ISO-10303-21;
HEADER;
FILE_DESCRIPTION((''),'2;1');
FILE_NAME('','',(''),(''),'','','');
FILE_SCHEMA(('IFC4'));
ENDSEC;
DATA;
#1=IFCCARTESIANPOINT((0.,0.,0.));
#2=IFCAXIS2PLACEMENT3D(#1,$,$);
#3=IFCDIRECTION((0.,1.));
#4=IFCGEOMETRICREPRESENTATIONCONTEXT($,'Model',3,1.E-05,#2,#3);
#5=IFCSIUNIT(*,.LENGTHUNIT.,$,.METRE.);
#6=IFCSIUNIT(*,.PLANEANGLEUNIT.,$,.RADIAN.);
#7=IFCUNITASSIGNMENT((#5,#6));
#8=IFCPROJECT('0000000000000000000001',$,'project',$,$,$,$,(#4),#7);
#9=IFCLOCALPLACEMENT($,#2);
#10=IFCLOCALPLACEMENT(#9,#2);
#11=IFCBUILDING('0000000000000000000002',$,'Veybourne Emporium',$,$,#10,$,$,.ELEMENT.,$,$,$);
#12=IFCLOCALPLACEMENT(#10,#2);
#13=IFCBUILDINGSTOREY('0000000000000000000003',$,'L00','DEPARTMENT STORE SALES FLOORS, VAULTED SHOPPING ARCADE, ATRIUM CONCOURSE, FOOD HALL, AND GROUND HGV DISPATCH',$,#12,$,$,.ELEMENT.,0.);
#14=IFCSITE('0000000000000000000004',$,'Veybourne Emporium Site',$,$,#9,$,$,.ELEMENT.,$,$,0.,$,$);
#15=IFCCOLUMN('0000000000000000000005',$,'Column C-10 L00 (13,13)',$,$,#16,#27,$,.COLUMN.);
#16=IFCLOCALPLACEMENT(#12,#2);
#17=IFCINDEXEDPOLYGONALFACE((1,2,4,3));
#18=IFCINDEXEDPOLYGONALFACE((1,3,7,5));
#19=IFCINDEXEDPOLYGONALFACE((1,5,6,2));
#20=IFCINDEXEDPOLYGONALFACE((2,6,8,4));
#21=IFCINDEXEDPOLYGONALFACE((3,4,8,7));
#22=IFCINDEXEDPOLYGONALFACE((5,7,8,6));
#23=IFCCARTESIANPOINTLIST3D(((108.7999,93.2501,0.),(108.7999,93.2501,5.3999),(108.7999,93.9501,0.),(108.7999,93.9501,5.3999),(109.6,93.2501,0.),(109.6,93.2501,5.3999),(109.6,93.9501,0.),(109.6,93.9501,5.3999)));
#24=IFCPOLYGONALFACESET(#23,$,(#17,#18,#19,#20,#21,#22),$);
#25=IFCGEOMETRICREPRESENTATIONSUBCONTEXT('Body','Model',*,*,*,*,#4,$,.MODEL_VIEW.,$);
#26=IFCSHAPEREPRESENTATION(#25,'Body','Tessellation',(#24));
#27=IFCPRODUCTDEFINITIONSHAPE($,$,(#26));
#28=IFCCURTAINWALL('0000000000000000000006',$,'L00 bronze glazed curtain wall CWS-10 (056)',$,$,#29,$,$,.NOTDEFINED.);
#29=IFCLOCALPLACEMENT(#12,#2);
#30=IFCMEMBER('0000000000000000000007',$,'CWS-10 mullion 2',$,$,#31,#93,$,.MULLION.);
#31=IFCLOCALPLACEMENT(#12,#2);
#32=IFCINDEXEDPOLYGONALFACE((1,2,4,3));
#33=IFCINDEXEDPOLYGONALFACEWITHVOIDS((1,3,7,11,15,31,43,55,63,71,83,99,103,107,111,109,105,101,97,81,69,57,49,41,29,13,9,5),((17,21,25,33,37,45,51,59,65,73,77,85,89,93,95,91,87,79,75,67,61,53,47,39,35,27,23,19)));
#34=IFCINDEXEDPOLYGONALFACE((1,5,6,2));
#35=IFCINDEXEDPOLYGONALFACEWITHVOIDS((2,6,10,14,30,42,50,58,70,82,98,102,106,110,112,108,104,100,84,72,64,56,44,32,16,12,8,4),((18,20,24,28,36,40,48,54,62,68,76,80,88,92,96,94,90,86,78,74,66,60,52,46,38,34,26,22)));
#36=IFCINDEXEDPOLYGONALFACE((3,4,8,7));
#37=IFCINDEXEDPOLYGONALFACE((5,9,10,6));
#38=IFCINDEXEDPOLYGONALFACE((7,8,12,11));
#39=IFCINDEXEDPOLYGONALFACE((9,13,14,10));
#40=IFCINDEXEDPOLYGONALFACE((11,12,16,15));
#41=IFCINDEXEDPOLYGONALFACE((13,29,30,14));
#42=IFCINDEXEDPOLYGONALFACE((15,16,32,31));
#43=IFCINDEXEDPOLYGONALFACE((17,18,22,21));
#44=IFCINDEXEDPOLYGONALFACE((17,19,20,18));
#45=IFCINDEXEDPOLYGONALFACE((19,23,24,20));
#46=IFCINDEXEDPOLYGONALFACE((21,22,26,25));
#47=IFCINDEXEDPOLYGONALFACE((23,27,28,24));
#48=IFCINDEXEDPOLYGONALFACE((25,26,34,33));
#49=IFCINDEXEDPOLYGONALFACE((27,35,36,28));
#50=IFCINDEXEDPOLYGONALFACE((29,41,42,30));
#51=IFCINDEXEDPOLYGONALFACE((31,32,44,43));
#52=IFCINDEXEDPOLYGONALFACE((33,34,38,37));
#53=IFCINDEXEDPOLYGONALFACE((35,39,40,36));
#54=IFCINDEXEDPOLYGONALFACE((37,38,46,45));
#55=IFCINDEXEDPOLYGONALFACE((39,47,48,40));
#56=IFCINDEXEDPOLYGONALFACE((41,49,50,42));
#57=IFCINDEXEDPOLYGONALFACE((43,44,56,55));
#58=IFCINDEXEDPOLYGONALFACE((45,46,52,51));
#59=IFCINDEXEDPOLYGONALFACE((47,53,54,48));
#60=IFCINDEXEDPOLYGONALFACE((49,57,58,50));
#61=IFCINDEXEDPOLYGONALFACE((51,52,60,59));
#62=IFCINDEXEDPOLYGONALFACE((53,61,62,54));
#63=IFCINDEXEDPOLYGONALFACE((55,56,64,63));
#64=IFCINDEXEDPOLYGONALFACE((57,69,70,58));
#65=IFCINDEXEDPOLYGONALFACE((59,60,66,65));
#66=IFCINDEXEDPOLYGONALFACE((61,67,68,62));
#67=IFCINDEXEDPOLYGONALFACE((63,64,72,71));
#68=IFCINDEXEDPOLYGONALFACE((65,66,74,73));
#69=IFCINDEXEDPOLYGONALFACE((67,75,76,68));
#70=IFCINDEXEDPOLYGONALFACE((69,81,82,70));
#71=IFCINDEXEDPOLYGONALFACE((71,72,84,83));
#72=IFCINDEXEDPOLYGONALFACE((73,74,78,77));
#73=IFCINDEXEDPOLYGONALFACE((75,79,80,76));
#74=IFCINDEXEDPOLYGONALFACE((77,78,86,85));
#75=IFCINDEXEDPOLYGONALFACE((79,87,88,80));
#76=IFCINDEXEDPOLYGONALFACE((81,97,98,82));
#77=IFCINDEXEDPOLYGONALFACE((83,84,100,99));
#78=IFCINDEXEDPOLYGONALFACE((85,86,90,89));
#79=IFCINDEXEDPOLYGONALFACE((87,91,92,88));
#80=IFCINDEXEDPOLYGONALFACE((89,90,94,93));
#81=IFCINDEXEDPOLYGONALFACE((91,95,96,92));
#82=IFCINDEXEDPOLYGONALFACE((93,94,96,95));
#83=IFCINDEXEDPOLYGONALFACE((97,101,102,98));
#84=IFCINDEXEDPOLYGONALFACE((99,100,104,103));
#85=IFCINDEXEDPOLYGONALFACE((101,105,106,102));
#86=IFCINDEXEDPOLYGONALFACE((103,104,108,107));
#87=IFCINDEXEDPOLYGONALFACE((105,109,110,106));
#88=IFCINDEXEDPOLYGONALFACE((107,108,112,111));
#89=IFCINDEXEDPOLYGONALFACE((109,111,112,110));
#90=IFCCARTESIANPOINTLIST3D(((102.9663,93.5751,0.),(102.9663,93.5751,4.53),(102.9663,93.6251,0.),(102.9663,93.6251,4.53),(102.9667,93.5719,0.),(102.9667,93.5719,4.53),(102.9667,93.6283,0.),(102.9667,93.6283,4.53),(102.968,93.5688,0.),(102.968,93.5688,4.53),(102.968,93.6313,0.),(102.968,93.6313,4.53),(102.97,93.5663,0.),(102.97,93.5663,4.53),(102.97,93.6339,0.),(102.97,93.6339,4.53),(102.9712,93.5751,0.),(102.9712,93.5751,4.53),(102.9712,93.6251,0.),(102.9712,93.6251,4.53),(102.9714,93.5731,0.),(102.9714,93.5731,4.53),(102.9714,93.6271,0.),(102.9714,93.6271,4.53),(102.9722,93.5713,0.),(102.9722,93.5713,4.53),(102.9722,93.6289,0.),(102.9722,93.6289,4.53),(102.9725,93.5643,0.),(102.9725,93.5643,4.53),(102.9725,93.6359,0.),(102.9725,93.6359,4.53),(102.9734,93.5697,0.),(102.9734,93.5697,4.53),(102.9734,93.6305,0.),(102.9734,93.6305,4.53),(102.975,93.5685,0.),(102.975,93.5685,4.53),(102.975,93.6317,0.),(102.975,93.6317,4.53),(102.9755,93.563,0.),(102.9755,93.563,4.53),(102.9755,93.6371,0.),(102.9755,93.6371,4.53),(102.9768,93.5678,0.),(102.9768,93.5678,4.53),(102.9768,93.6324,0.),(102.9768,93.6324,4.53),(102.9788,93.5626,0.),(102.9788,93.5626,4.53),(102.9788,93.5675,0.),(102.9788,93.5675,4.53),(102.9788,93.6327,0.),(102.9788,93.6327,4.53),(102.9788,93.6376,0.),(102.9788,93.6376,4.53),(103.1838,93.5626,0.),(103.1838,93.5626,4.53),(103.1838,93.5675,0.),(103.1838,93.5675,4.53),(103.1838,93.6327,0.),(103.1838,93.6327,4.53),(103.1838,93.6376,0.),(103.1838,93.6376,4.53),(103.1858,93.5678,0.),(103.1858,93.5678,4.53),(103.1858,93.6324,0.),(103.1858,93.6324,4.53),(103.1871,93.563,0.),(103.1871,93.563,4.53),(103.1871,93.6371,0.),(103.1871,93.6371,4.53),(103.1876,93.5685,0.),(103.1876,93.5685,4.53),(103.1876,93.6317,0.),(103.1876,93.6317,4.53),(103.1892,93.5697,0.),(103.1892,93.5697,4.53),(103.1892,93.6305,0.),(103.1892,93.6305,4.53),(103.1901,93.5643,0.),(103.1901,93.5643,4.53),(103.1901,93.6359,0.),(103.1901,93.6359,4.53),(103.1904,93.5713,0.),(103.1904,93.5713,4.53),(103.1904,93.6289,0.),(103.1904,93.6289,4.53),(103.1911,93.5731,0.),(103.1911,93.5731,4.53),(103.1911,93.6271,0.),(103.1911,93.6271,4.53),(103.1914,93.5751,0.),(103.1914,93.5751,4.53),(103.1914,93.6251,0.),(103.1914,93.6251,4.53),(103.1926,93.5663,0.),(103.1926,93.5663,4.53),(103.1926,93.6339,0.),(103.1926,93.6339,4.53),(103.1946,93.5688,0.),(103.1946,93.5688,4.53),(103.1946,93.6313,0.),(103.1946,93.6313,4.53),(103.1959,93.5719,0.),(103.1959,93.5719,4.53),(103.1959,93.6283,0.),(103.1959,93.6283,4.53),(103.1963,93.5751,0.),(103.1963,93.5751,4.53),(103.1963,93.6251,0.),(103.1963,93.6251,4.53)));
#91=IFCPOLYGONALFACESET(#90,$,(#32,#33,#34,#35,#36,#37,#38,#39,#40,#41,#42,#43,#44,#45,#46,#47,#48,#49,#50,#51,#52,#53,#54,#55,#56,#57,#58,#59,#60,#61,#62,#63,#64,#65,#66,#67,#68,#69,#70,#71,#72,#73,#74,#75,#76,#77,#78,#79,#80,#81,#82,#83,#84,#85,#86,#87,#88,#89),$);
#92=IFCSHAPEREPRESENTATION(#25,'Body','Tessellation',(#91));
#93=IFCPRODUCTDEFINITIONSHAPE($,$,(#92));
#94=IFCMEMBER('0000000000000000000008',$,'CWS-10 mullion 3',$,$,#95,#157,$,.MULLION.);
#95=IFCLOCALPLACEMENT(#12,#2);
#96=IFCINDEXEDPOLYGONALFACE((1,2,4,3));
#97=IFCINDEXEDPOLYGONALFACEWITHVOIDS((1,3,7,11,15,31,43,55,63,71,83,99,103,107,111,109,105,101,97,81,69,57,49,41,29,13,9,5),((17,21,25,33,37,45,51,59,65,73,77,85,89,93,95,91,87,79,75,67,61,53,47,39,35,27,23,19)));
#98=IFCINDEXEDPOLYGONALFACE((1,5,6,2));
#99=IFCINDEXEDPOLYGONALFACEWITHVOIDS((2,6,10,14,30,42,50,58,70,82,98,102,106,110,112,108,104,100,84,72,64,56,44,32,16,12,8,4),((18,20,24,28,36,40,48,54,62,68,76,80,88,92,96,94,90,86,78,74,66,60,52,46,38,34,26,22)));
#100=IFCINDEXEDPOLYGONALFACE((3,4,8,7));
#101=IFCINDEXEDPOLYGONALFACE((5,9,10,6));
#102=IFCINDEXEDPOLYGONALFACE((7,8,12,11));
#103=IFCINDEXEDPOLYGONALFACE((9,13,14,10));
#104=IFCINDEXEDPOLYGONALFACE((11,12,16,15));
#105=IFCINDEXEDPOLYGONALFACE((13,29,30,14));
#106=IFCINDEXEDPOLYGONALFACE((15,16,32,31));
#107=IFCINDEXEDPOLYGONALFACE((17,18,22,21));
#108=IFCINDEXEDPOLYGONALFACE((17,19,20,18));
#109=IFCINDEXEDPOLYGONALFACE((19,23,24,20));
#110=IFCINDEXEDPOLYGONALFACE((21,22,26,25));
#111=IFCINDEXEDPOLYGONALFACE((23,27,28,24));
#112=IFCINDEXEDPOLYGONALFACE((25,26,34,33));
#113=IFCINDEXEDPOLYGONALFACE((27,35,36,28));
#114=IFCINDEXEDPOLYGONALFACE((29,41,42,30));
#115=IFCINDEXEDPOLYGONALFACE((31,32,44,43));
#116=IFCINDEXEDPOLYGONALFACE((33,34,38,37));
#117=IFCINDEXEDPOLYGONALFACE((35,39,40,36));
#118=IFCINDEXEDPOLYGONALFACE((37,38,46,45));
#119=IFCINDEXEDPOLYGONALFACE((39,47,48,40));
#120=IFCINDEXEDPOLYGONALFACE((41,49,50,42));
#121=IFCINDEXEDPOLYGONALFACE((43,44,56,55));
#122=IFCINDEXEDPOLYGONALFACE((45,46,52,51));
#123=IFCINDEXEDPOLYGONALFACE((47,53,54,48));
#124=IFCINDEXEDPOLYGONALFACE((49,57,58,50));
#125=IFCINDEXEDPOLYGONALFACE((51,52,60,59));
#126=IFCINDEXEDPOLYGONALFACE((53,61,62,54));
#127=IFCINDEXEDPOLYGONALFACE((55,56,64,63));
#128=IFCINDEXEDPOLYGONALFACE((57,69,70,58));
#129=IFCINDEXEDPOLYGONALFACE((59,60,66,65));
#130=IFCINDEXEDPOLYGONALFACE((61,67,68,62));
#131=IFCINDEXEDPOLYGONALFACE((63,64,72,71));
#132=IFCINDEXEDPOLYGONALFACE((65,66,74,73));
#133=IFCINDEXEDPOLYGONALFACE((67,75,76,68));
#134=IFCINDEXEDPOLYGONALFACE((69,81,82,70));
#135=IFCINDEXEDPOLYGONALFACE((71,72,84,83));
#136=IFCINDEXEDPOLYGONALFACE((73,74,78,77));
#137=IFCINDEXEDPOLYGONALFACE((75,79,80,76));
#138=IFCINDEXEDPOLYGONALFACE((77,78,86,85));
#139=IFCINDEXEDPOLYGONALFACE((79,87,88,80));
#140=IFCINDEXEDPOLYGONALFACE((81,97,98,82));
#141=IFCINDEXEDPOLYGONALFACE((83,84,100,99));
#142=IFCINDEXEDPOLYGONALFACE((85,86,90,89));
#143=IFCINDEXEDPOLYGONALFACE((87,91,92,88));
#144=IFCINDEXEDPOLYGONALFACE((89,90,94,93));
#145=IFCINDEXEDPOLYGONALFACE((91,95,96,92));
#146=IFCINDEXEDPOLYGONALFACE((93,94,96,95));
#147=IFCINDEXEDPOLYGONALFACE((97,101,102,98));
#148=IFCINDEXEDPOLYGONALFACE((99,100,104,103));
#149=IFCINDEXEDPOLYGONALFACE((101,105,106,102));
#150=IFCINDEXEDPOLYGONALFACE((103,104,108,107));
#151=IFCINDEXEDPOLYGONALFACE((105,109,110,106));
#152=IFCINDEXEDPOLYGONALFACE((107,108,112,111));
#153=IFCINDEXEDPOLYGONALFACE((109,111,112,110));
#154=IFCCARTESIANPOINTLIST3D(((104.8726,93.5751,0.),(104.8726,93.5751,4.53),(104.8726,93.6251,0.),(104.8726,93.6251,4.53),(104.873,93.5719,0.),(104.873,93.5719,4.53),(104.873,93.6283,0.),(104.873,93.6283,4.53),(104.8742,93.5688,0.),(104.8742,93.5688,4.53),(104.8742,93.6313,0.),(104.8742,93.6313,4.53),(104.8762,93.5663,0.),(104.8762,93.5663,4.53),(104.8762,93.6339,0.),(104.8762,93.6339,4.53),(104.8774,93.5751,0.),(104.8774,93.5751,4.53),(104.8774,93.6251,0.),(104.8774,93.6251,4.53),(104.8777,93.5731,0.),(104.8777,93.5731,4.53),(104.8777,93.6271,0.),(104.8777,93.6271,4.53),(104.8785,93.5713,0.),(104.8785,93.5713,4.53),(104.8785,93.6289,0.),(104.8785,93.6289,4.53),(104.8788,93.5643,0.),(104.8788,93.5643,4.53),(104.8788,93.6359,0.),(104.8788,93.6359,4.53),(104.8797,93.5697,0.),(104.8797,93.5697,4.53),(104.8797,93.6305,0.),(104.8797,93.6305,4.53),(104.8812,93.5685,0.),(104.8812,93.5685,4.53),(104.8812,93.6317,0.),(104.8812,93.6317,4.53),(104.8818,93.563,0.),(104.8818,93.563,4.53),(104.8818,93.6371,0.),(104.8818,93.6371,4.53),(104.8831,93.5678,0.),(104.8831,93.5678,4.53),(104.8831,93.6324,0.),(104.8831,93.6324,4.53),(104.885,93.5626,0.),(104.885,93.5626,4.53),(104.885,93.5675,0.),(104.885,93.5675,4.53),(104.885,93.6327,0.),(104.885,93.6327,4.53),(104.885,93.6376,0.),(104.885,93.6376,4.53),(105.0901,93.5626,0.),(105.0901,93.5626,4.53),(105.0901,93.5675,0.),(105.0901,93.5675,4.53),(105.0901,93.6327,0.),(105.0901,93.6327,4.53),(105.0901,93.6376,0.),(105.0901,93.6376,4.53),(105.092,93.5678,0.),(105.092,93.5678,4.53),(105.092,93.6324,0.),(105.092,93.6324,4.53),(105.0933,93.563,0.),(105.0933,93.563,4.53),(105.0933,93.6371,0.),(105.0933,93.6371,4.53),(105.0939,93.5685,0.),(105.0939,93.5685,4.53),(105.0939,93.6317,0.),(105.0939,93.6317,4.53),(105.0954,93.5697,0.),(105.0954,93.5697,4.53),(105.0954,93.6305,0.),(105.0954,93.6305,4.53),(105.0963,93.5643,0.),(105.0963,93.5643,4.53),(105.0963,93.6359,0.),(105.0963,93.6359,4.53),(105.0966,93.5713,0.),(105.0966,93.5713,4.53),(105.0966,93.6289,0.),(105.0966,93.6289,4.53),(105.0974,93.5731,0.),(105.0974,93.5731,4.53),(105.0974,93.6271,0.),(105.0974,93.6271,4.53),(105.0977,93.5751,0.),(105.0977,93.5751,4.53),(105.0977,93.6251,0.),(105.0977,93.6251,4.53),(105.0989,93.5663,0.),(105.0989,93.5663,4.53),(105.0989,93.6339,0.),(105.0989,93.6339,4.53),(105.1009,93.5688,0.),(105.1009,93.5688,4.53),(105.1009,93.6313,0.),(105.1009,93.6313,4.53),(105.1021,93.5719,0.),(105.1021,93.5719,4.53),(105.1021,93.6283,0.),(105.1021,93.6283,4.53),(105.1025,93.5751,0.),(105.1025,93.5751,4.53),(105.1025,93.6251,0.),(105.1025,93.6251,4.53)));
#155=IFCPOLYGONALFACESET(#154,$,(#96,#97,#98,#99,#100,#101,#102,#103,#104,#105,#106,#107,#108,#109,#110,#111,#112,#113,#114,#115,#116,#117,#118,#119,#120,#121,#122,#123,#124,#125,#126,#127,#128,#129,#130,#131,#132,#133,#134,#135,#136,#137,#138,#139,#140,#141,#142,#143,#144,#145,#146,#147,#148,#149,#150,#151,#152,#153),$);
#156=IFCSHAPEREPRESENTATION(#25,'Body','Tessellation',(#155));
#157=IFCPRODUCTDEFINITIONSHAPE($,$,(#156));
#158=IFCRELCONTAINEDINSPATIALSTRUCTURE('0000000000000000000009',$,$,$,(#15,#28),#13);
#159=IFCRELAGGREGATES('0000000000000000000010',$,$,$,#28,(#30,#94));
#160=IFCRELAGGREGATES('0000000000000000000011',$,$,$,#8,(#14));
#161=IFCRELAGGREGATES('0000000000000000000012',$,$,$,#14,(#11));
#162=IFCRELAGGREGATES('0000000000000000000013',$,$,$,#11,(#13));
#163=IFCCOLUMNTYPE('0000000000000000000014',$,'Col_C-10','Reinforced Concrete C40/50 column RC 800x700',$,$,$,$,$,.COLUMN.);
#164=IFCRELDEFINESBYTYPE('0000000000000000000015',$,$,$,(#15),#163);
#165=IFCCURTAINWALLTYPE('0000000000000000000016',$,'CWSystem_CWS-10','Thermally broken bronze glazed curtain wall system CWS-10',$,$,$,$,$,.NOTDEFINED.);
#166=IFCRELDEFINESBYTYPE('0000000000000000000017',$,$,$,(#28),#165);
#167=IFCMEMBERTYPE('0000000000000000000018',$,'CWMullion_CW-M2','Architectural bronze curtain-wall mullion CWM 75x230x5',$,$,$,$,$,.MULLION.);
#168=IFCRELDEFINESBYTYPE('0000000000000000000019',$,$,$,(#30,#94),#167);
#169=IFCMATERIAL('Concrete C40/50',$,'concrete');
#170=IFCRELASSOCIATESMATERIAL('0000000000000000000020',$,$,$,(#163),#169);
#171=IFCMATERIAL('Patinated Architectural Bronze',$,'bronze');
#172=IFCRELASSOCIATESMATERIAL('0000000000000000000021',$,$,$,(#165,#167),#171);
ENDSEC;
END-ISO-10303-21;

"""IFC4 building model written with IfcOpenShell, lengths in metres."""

from ifc_helpers import new_model, si_unit, direction, frame, origin, origin_2d, place, context, subcontext, project, spatial, rectangle, hollow_rectangle, extrude, material, material_profile, profile_set, type_object, element, aggregate, save


model = new_model("IFC4")

# Units and contexts
model_context = context("Model", 3, precision=1e-05, world=origin(), true_north=direction((0.0, 1.0)))
body_context = subcontext(model_context, "Body", "Model", "MODEL_VIEW")
ifc_project = project(units=[si_unit("LENGTHUNIT", "METRE"), si_unit("PLANEANGLEUNIT", "RADIAN")], contexts=[model_context])

# Site, building, storey
site_placement = place(None, origin())
site = spatial("IfcSite", under=ifc_project, at=site_placement, Name="Veybourne Emporium Site", CompositionType="ELEMENT", RefElevation=0.0)
building_placement = place(site_placement, origin())
building = spatial("IfcBuilding", under=site, at=building_placement, Name="Veybourne Emporium", CompositionType="ELEMENT")
storey_placement = place(building_placement, origin())
storey = spatial("IfcBuildingStorey", under=building, at=storey_placement, Name="L00", Description="DEPARTMENT STORE SALES FLOORS, VAULTED SHOPPING ARCADE, ATRIUM CONCOURSE, FOOD HALL, AND GROUND HGV DISPATCH", CompositionType="ELEMENT", Elevation=0.0)

# Column
ifc_material_1 = material(Name="Concrete C40/50", Category="concrete")
ifc_material_profile_1 = material_profile(ifc_material_1, rectangle(XDim=0.8, YDim=0.7, at=origin_2d()), Name="RC 800x700")
ifc_profile_set_1 = profile_set([ifc_material_profile_1], Name="Concrete C40/50")
column_type = type_object("IfcColumnType", Name="Col_C-10", Description="Reinforced Concrete C40/50 column RC 800x700", PredefinedType="COLUMN", material=ifc_profile_set_1)
column_placement = place(storey_placement, frame((109.2, 93.6001, 0.0), z_axis=(0.0, 0.0, 1.0), x_axis=(1.0, 0.0, 0.0)))
element("IfcColumn", 1, at=column_placement, inside=storey, type_object=column_type, Name="Column C-10 L00 (13,13)", PredefinedType="COLUMN", context=body_context, shape_type="SweptSolid", body=[
    extrude(rectangle(XDim=0.8, YDim=0.7, at=origin_2d()), origin(), (0.0, 0.0, 1.0), 5.3999),
])

# Curtain wall, members
ifc_material_2 = material(Name="Patinated Architectural Bronze", Category="bronze")
curtain_wall_type = type_object("IfcCurtainWallType", Name="CWSystem_CWS-10", Description="Thermally broken bronze glazed curtain wall system CWS-10", PredefinedType="NOTDEFINED", material=ifc_material_2)
curtain_wall_placement = place(storey_placement, origin())
curtain_wall = element("IfcCurtainWall", 2, at=curtain_wall_placement, inside=storey, type_object=curtain_wall_type, Name="L00 bronze glazed curtain wall CWS-10 (056)", PredefinedType="NOTDEFINED")
ifc_material_profile_2 = material_profile(ifc_material_2, hollow_rectangle(XDim=0.075, YDim=0.23, WallThickness=0.0049, InnerFilletRadius=0.0076, OuterFilletRadius=0.0125, at=origin_2d()), Name="CWM 75x230x5")
ifc_profile_set_2 = profile_set([ifc_material_profile_2], Name="Patinated Architectural Bronze")
member_type_1 = type_object("IfcMemberType", Name="CWMullion_CW-M2", Description="Architectural bronze curtain-wall mullion CWM 75x230x5", PredefinedType="MULLION", material=ifc_profile_set_2)
member_1_placement = place(storey_placement, frame((103.0813, 93.6001, 0.0), z_axis=(0.0, 0.0, 1.0), x_axis=(0.0, 1.0, 0.0)))
member_1 = element("IfcMember", 3, at=member_1_placement, type_object=member_type_1, Name="CWS-10 mullion 2", PredefinedType="MULLION", context=body_context, shape_type="SweptSolid", body=[
    extrude(hollow_rectangle(XDim=0.075, YDim=0.23, WallThickness=0.0049, InnerFilletRadius=0.0076, OuterFilletRadius=0.0125, at=origin_2d()), origin(), (0.0, 0.0, 1.0), 4.53),
])
member_2_placement = place(storey_placement, frame((104.9875, 93.6001, 0.0), z_axis=(0.0, 0.0, 1.0), x_axis=(0.0, 1.0, 0.0)))
member_2 = element("IfcMember", 4, at=member_2_placement, type_object=member_type_1, Name="CWS-10 mullion 3", PredefinedType="MULLION", context=body_context, shape_type="SweptSolid", body=[
    extrude(hollow_rectangle(XDim=0.075, YDim=0.23, WallThickness=0.0049, InnerFilletRadius=0.0076, OuterFilletRadius=0.0125, at=origin_2d()), origin(), (0.0, 0.0, 1.0), 4.53),
])

aggregate(curtain_wall, [member_1, member_2])

save(model, "model.ifc")
